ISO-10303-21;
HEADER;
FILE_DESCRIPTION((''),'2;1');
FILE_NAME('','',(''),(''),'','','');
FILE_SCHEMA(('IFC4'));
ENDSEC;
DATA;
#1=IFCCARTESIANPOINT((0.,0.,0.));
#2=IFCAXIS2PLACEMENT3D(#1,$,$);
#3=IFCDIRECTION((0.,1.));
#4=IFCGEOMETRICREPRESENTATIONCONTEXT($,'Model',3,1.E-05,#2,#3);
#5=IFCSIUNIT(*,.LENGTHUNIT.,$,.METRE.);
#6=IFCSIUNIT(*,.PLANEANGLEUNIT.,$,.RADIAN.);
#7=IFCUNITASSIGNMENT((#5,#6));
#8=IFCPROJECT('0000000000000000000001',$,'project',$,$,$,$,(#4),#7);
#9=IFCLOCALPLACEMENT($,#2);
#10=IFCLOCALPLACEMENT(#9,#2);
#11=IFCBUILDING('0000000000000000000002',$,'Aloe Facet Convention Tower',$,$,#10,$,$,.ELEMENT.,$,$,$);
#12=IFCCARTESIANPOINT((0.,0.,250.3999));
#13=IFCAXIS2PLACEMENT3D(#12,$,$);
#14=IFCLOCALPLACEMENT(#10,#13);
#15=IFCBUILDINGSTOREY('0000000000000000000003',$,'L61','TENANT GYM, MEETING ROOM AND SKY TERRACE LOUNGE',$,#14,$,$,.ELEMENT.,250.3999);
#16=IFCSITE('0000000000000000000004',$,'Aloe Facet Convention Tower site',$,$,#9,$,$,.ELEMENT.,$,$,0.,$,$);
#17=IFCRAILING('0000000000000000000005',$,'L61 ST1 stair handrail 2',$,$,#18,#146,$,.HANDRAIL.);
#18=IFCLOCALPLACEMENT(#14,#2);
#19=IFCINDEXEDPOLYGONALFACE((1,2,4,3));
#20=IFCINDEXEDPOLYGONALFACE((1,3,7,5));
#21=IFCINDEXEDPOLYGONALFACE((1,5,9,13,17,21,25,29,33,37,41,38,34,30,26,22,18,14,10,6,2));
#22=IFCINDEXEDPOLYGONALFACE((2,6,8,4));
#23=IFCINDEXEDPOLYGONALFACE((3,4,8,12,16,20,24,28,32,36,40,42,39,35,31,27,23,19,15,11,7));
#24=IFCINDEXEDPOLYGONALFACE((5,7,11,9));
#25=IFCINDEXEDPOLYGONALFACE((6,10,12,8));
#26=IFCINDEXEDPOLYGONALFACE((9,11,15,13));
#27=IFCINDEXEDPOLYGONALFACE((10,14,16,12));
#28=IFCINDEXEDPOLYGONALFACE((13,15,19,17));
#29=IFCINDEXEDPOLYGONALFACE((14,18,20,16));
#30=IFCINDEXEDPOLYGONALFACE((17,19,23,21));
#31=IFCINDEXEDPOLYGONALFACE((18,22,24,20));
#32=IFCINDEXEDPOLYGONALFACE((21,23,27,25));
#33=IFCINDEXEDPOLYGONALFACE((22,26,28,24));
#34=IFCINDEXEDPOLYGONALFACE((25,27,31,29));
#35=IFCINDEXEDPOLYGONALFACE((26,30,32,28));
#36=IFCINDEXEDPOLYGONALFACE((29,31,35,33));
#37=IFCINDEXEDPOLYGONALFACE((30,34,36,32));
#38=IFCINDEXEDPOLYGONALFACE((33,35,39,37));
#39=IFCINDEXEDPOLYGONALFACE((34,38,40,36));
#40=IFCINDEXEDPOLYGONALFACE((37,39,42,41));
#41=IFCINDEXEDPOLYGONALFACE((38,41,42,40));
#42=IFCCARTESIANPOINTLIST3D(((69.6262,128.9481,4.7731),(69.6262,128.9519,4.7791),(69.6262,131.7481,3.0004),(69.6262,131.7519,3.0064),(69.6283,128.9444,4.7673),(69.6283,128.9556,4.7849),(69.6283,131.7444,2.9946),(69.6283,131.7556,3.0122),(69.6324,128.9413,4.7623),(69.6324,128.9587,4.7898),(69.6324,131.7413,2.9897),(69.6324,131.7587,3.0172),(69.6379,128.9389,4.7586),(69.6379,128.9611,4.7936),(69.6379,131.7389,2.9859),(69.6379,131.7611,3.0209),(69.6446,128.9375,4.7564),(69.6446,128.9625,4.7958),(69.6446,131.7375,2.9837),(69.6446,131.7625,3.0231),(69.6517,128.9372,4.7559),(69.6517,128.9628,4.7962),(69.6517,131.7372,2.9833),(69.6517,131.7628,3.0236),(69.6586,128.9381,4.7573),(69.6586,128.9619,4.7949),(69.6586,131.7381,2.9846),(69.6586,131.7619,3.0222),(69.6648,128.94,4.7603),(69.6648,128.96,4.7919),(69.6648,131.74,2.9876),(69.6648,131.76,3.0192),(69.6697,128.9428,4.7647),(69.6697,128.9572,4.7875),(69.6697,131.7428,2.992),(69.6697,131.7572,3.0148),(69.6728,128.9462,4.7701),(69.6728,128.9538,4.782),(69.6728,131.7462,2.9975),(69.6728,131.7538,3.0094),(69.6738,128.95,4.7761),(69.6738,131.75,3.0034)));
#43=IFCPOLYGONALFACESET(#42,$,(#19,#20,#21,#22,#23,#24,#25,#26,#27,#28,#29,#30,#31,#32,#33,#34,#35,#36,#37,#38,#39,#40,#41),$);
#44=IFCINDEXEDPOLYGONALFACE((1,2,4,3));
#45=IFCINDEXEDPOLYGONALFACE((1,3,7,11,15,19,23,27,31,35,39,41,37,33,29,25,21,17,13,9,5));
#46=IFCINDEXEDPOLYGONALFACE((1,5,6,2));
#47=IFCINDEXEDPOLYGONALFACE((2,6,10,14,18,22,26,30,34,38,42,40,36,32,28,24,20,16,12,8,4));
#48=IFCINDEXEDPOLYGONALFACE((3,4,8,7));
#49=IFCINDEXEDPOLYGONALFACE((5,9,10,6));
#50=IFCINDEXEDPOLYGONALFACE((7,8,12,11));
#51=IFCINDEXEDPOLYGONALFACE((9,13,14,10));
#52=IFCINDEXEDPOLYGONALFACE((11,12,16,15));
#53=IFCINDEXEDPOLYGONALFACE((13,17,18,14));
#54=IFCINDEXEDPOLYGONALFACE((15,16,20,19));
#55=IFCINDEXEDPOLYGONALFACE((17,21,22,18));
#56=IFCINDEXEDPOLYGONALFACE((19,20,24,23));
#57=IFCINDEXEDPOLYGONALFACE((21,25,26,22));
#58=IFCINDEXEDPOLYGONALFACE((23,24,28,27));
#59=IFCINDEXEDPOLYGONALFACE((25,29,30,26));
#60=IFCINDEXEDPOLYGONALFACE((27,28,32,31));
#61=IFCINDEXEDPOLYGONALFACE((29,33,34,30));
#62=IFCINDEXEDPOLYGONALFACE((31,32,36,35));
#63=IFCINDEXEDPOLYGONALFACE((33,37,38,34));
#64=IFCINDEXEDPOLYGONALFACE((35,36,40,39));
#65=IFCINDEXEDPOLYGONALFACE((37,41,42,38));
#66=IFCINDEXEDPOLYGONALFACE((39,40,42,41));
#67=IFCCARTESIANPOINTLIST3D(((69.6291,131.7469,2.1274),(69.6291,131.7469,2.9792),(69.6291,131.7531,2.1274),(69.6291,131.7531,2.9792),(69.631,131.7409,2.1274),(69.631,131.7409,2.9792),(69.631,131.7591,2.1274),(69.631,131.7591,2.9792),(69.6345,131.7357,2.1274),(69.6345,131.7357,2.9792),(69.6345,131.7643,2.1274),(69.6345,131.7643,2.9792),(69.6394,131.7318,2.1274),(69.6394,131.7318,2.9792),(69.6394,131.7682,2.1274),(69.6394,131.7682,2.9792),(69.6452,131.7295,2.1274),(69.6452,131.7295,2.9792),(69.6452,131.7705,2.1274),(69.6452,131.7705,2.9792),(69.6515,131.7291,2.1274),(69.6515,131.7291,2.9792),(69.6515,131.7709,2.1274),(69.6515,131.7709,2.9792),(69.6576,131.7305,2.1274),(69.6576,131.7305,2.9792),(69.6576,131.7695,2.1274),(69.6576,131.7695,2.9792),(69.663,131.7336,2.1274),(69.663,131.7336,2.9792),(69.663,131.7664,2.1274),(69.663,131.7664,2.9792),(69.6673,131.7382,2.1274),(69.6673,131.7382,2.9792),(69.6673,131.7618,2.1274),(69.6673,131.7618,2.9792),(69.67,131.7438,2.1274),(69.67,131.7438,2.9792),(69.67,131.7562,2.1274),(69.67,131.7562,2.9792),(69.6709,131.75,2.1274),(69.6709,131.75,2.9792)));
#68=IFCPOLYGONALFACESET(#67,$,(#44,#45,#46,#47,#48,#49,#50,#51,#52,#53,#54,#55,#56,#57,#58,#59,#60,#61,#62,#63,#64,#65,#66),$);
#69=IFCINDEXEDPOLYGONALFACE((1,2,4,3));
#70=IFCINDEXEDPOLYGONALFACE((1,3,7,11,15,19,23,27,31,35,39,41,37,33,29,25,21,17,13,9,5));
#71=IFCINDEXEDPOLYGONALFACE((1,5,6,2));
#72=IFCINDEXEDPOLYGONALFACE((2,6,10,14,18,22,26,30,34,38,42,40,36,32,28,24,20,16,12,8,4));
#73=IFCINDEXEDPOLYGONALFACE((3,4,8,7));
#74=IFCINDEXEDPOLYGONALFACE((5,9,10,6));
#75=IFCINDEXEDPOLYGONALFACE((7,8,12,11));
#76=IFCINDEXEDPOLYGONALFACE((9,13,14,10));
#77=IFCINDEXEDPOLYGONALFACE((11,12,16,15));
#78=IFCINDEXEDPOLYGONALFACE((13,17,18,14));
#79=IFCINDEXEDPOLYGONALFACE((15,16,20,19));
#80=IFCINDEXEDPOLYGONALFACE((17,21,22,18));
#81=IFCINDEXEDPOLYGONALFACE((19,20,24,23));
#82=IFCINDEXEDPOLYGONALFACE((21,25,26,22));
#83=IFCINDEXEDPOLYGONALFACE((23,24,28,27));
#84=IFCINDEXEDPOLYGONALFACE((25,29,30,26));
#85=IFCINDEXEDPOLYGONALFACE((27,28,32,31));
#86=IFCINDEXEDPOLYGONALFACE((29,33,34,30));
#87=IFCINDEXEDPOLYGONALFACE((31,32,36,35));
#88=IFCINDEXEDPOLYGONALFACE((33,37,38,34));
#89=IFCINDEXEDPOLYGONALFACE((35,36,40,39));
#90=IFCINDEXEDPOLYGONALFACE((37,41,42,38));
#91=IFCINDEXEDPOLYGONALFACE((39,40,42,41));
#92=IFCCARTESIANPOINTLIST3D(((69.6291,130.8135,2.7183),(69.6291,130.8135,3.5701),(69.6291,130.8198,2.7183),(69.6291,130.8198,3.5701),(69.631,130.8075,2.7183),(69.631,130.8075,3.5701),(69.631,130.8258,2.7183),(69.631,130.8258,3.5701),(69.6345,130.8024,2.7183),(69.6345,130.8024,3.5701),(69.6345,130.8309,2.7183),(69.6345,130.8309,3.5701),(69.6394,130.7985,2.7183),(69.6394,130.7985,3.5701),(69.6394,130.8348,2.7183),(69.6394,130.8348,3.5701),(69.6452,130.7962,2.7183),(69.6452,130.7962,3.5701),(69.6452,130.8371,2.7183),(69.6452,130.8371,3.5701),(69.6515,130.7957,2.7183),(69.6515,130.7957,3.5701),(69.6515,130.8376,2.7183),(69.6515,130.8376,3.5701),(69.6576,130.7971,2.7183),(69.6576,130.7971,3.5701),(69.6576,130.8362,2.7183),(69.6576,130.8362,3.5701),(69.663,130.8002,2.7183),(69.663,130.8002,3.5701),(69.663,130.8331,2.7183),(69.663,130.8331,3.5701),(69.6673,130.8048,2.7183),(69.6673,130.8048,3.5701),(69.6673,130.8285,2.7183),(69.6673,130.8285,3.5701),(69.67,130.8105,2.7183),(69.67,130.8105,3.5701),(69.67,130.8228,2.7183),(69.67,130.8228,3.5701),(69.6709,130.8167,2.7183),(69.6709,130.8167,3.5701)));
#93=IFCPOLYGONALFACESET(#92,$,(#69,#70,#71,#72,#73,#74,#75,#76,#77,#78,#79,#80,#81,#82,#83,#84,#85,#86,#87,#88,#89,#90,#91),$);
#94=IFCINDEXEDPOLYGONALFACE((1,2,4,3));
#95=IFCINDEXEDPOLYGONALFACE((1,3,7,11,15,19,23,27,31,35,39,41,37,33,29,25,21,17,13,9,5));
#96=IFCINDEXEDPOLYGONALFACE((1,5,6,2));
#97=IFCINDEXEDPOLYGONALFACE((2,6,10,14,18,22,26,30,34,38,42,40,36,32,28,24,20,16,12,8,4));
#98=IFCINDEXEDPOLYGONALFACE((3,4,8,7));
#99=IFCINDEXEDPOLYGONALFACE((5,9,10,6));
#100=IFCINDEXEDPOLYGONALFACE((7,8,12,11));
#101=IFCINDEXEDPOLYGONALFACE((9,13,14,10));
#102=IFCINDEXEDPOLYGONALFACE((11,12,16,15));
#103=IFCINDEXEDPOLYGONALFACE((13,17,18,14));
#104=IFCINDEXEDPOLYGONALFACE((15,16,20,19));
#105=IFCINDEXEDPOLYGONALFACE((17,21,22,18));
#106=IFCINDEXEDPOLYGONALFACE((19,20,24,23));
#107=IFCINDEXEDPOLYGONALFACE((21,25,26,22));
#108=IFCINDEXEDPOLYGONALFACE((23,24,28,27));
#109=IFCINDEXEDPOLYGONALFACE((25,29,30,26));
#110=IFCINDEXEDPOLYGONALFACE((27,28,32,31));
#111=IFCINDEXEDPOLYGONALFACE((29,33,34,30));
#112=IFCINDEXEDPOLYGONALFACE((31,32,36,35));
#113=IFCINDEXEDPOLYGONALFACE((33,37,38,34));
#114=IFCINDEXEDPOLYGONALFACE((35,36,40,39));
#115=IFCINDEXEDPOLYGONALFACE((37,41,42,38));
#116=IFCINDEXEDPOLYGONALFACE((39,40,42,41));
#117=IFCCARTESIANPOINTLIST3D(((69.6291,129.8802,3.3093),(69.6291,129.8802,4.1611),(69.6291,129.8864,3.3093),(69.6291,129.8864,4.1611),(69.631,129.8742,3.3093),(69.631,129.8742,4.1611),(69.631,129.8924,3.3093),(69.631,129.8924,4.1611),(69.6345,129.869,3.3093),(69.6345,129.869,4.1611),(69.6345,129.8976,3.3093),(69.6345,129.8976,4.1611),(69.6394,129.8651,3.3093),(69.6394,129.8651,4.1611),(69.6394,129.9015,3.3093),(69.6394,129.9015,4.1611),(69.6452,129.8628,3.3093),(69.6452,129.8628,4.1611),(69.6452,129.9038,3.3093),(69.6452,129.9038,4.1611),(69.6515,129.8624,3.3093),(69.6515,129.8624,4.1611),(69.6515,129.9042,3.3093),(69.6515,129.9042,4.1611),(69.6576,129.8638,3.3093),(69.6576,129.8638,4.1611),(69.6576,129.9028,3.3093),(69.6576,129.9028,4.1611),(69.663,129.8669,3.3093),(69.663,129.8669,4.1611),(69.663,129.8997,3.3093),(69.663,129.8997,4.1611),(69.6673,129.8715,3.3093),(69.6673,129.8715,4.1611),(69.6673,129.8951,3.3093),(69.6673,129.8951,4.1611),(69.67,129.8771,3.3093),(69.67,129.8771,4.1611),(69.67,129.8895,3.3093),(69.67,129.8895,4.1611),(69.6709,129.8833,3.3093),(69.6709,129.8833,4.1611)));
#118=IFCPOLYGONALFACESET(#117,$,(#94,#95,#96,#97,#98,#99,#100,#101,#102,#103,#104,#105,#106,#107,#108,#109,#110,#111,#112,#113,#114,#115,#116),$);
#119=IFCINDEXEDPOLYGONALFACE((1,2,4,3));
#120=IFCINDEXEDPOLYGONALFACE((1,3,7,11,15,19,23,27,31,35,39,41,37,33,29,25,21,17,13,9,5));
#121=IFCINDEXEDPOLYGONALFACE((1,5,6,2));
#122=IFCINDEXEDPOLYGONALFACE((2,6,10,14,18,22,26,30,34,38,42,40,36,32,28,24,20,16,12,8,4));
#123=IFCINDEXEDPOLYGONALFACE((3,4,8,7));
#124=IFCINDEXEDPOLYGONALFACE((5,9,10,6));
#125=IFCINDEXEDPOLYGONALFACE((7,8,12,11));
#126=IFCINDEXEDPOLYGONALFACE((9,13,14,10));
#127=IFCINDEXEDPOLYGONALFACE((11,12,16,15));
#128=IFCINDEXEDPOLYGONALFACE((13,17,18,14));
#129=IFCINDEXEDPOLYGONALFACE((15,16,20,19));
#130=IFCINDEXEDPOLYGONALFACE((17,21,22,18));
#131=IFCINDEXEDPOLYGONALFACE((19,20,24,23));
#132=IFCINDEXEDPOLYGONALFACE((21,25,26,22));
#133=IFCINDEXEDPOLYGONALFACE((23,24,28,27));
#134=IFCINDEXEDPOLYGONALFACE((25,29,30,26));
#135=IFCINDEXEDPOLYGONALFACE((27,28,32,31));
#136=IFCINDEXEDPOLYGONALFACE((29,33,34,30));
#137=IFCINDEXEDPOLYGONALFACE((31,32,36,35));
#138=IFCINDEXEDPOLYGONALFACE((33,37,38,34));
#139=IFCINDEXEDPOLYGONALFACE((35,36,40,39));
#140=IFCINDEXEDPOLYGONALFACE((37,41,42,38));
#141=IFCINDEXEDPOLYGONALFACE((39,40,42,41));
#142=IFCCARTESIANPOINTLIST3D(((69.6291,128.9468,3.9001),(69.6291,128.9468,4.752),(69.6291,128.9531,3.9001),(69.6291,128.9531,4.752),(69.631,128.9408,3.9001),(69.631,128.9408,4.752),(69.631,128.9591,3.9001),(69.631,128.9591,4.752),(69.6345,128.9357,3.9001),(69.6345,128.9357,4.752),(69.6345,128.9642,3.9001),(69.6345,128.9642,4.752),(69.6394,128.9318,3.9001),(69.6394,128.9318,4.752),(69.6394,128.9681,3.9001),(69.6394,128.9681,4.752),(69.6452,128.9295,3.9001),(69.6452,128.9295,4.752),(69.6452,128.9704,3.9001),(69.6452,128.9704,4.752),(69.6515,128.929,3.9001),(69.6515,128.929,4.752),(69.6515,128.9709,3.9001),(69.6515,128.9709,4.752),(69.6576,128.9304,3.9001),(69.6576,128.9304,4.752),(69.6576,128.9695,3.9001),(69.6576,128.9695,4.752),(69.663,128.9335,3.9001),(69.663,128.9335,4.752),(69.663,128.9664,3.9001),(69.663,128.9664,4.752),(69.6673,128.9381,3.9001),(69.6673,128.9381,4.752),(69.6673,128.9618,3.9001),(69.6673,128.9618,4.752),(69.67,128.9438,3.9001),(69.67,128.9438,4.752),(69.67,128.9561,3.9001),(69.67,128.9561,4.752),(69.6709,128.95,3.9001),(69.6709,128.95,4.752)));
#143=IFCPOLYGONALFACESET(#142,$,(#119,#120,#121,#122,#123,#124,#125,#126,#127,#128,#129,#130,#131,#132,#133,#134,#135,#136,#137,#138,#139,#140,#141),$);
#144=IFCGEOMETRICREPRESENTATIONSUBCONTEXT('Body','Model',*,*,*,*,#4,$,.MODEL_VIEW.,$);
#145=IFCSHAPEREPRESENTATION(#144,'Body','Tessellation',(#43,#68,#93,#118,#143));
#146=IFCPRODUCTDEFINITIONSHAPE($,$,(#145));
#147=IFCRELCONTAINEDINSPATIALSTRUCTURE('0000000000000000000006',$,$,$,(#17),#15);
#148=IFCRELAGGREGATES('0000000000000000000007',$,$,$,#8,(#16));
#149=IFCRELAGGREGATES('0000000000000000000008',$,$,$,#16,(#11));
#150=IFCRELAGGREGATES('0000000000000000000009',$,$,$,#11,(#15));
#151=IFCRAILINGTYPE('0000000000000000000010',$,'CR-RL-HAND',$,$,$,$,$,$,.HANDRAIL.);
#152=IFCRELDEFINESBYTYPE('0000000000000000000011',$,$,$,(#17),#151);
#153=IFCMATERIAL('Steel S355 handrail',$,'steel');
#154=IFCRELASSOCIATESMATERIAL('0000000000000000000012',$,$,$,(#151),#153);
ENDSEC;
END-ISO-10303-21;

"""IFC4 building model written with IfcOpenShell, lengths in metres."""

from ifc_helpers import new_model, si_unit, direction, frame, origin, origin_2d, place, context, subcontext, project, spatial, circle, extrude, material, type_object, element, save


model = new_model("IFC4")

# Units and contexts
model_context = context("Model", 3, precision=1e-05, world=origin(), true_north=direction((0.0, 1.0)))
body_context = subcontext(model_context, "Body", "Model", "MODEL_VIEW")
ifc_project = project(units=[si_unit("LENGTHUNIT", "METRE"), si_unit("PLANEANGLEUNIT", "RADIAN")], contexts=[model_context])

# Site, building, storey
site_placement = place(None, origin())
site = spatial("IfcSite", under=ifc_project, at=site_placement, Name="Aloe Facet Convention Tower site", CompositionType="ELEMENT", RefElevation=0.0)
building_placement = place(site_placement, origin())
building = spatial("IfcBuilding", under=site, at=building_placement, Name="Aloe Facet Convention Tower", CompositionType="ELEMENT")
storey_placement = place(building_placement, frame((0.0, 0.0, 250.3999)))
storey = spatial("IfcBuildingStorey", under=building, at=storey_placement, Name="L61", Description="TENANT GYM, MEETING ROOM AND SKY TERRACE LOUNGE", CompositionType="ELEMENT", Elevation=250.3999)

# Railing
ifc_material_1 = material(Name="Steel S355 handrail", Category="steel")
railing_type_1 = type_object("IfcRailingType", Name="CR-RL-HAND", PredefinedType="HANDRAIL", material=ifc_material_1)
railing_1_placement = place(storey_placement, frame((69.6499, 131.75, 2.1274)))
element("IfcRailing", 1, at=railing_1_placement, inside=storey, type_object=railing_type_1, Name="L61 ST1 stair handrail 2", PredefinedType="HANDRAIL", context=body_context, shape_type="SweptSolid", body=[
    extrude(circle(Radius=0.0239, at=origin_2d()), frame((0.0, 0.0, 0.876), z_axis=(0.0, -0.844909, 0.53491), x_axis=(1.0, 0.0, 0.0)), (0.0, 0.0, 1.0), 3.314),
    extrude(circle(Radius=0.021, at=origin_2d()), origin(), (0.0, 0.0, 1.0), 0.8518),
    extrude(circle(Radius=0.021, at=origin_2d()), frame((0.0, -0.9333, 0.5908)), (0.0, 0.0, 1.0), 0.8518),
    extrude(circle(Radius=0.021, at=origin_2d()), frame((0.0, -1.8667, 1.1819)), (0.0, 0.0, 1.0), 0.8518),
    extrude(circle(Radius=0.021, at=origin_2d()), frame((0.0, -2.8, 1.7727)), (0.0, 0.0, 1.0), 0.8518),
])

save(model, "model.ifc")
